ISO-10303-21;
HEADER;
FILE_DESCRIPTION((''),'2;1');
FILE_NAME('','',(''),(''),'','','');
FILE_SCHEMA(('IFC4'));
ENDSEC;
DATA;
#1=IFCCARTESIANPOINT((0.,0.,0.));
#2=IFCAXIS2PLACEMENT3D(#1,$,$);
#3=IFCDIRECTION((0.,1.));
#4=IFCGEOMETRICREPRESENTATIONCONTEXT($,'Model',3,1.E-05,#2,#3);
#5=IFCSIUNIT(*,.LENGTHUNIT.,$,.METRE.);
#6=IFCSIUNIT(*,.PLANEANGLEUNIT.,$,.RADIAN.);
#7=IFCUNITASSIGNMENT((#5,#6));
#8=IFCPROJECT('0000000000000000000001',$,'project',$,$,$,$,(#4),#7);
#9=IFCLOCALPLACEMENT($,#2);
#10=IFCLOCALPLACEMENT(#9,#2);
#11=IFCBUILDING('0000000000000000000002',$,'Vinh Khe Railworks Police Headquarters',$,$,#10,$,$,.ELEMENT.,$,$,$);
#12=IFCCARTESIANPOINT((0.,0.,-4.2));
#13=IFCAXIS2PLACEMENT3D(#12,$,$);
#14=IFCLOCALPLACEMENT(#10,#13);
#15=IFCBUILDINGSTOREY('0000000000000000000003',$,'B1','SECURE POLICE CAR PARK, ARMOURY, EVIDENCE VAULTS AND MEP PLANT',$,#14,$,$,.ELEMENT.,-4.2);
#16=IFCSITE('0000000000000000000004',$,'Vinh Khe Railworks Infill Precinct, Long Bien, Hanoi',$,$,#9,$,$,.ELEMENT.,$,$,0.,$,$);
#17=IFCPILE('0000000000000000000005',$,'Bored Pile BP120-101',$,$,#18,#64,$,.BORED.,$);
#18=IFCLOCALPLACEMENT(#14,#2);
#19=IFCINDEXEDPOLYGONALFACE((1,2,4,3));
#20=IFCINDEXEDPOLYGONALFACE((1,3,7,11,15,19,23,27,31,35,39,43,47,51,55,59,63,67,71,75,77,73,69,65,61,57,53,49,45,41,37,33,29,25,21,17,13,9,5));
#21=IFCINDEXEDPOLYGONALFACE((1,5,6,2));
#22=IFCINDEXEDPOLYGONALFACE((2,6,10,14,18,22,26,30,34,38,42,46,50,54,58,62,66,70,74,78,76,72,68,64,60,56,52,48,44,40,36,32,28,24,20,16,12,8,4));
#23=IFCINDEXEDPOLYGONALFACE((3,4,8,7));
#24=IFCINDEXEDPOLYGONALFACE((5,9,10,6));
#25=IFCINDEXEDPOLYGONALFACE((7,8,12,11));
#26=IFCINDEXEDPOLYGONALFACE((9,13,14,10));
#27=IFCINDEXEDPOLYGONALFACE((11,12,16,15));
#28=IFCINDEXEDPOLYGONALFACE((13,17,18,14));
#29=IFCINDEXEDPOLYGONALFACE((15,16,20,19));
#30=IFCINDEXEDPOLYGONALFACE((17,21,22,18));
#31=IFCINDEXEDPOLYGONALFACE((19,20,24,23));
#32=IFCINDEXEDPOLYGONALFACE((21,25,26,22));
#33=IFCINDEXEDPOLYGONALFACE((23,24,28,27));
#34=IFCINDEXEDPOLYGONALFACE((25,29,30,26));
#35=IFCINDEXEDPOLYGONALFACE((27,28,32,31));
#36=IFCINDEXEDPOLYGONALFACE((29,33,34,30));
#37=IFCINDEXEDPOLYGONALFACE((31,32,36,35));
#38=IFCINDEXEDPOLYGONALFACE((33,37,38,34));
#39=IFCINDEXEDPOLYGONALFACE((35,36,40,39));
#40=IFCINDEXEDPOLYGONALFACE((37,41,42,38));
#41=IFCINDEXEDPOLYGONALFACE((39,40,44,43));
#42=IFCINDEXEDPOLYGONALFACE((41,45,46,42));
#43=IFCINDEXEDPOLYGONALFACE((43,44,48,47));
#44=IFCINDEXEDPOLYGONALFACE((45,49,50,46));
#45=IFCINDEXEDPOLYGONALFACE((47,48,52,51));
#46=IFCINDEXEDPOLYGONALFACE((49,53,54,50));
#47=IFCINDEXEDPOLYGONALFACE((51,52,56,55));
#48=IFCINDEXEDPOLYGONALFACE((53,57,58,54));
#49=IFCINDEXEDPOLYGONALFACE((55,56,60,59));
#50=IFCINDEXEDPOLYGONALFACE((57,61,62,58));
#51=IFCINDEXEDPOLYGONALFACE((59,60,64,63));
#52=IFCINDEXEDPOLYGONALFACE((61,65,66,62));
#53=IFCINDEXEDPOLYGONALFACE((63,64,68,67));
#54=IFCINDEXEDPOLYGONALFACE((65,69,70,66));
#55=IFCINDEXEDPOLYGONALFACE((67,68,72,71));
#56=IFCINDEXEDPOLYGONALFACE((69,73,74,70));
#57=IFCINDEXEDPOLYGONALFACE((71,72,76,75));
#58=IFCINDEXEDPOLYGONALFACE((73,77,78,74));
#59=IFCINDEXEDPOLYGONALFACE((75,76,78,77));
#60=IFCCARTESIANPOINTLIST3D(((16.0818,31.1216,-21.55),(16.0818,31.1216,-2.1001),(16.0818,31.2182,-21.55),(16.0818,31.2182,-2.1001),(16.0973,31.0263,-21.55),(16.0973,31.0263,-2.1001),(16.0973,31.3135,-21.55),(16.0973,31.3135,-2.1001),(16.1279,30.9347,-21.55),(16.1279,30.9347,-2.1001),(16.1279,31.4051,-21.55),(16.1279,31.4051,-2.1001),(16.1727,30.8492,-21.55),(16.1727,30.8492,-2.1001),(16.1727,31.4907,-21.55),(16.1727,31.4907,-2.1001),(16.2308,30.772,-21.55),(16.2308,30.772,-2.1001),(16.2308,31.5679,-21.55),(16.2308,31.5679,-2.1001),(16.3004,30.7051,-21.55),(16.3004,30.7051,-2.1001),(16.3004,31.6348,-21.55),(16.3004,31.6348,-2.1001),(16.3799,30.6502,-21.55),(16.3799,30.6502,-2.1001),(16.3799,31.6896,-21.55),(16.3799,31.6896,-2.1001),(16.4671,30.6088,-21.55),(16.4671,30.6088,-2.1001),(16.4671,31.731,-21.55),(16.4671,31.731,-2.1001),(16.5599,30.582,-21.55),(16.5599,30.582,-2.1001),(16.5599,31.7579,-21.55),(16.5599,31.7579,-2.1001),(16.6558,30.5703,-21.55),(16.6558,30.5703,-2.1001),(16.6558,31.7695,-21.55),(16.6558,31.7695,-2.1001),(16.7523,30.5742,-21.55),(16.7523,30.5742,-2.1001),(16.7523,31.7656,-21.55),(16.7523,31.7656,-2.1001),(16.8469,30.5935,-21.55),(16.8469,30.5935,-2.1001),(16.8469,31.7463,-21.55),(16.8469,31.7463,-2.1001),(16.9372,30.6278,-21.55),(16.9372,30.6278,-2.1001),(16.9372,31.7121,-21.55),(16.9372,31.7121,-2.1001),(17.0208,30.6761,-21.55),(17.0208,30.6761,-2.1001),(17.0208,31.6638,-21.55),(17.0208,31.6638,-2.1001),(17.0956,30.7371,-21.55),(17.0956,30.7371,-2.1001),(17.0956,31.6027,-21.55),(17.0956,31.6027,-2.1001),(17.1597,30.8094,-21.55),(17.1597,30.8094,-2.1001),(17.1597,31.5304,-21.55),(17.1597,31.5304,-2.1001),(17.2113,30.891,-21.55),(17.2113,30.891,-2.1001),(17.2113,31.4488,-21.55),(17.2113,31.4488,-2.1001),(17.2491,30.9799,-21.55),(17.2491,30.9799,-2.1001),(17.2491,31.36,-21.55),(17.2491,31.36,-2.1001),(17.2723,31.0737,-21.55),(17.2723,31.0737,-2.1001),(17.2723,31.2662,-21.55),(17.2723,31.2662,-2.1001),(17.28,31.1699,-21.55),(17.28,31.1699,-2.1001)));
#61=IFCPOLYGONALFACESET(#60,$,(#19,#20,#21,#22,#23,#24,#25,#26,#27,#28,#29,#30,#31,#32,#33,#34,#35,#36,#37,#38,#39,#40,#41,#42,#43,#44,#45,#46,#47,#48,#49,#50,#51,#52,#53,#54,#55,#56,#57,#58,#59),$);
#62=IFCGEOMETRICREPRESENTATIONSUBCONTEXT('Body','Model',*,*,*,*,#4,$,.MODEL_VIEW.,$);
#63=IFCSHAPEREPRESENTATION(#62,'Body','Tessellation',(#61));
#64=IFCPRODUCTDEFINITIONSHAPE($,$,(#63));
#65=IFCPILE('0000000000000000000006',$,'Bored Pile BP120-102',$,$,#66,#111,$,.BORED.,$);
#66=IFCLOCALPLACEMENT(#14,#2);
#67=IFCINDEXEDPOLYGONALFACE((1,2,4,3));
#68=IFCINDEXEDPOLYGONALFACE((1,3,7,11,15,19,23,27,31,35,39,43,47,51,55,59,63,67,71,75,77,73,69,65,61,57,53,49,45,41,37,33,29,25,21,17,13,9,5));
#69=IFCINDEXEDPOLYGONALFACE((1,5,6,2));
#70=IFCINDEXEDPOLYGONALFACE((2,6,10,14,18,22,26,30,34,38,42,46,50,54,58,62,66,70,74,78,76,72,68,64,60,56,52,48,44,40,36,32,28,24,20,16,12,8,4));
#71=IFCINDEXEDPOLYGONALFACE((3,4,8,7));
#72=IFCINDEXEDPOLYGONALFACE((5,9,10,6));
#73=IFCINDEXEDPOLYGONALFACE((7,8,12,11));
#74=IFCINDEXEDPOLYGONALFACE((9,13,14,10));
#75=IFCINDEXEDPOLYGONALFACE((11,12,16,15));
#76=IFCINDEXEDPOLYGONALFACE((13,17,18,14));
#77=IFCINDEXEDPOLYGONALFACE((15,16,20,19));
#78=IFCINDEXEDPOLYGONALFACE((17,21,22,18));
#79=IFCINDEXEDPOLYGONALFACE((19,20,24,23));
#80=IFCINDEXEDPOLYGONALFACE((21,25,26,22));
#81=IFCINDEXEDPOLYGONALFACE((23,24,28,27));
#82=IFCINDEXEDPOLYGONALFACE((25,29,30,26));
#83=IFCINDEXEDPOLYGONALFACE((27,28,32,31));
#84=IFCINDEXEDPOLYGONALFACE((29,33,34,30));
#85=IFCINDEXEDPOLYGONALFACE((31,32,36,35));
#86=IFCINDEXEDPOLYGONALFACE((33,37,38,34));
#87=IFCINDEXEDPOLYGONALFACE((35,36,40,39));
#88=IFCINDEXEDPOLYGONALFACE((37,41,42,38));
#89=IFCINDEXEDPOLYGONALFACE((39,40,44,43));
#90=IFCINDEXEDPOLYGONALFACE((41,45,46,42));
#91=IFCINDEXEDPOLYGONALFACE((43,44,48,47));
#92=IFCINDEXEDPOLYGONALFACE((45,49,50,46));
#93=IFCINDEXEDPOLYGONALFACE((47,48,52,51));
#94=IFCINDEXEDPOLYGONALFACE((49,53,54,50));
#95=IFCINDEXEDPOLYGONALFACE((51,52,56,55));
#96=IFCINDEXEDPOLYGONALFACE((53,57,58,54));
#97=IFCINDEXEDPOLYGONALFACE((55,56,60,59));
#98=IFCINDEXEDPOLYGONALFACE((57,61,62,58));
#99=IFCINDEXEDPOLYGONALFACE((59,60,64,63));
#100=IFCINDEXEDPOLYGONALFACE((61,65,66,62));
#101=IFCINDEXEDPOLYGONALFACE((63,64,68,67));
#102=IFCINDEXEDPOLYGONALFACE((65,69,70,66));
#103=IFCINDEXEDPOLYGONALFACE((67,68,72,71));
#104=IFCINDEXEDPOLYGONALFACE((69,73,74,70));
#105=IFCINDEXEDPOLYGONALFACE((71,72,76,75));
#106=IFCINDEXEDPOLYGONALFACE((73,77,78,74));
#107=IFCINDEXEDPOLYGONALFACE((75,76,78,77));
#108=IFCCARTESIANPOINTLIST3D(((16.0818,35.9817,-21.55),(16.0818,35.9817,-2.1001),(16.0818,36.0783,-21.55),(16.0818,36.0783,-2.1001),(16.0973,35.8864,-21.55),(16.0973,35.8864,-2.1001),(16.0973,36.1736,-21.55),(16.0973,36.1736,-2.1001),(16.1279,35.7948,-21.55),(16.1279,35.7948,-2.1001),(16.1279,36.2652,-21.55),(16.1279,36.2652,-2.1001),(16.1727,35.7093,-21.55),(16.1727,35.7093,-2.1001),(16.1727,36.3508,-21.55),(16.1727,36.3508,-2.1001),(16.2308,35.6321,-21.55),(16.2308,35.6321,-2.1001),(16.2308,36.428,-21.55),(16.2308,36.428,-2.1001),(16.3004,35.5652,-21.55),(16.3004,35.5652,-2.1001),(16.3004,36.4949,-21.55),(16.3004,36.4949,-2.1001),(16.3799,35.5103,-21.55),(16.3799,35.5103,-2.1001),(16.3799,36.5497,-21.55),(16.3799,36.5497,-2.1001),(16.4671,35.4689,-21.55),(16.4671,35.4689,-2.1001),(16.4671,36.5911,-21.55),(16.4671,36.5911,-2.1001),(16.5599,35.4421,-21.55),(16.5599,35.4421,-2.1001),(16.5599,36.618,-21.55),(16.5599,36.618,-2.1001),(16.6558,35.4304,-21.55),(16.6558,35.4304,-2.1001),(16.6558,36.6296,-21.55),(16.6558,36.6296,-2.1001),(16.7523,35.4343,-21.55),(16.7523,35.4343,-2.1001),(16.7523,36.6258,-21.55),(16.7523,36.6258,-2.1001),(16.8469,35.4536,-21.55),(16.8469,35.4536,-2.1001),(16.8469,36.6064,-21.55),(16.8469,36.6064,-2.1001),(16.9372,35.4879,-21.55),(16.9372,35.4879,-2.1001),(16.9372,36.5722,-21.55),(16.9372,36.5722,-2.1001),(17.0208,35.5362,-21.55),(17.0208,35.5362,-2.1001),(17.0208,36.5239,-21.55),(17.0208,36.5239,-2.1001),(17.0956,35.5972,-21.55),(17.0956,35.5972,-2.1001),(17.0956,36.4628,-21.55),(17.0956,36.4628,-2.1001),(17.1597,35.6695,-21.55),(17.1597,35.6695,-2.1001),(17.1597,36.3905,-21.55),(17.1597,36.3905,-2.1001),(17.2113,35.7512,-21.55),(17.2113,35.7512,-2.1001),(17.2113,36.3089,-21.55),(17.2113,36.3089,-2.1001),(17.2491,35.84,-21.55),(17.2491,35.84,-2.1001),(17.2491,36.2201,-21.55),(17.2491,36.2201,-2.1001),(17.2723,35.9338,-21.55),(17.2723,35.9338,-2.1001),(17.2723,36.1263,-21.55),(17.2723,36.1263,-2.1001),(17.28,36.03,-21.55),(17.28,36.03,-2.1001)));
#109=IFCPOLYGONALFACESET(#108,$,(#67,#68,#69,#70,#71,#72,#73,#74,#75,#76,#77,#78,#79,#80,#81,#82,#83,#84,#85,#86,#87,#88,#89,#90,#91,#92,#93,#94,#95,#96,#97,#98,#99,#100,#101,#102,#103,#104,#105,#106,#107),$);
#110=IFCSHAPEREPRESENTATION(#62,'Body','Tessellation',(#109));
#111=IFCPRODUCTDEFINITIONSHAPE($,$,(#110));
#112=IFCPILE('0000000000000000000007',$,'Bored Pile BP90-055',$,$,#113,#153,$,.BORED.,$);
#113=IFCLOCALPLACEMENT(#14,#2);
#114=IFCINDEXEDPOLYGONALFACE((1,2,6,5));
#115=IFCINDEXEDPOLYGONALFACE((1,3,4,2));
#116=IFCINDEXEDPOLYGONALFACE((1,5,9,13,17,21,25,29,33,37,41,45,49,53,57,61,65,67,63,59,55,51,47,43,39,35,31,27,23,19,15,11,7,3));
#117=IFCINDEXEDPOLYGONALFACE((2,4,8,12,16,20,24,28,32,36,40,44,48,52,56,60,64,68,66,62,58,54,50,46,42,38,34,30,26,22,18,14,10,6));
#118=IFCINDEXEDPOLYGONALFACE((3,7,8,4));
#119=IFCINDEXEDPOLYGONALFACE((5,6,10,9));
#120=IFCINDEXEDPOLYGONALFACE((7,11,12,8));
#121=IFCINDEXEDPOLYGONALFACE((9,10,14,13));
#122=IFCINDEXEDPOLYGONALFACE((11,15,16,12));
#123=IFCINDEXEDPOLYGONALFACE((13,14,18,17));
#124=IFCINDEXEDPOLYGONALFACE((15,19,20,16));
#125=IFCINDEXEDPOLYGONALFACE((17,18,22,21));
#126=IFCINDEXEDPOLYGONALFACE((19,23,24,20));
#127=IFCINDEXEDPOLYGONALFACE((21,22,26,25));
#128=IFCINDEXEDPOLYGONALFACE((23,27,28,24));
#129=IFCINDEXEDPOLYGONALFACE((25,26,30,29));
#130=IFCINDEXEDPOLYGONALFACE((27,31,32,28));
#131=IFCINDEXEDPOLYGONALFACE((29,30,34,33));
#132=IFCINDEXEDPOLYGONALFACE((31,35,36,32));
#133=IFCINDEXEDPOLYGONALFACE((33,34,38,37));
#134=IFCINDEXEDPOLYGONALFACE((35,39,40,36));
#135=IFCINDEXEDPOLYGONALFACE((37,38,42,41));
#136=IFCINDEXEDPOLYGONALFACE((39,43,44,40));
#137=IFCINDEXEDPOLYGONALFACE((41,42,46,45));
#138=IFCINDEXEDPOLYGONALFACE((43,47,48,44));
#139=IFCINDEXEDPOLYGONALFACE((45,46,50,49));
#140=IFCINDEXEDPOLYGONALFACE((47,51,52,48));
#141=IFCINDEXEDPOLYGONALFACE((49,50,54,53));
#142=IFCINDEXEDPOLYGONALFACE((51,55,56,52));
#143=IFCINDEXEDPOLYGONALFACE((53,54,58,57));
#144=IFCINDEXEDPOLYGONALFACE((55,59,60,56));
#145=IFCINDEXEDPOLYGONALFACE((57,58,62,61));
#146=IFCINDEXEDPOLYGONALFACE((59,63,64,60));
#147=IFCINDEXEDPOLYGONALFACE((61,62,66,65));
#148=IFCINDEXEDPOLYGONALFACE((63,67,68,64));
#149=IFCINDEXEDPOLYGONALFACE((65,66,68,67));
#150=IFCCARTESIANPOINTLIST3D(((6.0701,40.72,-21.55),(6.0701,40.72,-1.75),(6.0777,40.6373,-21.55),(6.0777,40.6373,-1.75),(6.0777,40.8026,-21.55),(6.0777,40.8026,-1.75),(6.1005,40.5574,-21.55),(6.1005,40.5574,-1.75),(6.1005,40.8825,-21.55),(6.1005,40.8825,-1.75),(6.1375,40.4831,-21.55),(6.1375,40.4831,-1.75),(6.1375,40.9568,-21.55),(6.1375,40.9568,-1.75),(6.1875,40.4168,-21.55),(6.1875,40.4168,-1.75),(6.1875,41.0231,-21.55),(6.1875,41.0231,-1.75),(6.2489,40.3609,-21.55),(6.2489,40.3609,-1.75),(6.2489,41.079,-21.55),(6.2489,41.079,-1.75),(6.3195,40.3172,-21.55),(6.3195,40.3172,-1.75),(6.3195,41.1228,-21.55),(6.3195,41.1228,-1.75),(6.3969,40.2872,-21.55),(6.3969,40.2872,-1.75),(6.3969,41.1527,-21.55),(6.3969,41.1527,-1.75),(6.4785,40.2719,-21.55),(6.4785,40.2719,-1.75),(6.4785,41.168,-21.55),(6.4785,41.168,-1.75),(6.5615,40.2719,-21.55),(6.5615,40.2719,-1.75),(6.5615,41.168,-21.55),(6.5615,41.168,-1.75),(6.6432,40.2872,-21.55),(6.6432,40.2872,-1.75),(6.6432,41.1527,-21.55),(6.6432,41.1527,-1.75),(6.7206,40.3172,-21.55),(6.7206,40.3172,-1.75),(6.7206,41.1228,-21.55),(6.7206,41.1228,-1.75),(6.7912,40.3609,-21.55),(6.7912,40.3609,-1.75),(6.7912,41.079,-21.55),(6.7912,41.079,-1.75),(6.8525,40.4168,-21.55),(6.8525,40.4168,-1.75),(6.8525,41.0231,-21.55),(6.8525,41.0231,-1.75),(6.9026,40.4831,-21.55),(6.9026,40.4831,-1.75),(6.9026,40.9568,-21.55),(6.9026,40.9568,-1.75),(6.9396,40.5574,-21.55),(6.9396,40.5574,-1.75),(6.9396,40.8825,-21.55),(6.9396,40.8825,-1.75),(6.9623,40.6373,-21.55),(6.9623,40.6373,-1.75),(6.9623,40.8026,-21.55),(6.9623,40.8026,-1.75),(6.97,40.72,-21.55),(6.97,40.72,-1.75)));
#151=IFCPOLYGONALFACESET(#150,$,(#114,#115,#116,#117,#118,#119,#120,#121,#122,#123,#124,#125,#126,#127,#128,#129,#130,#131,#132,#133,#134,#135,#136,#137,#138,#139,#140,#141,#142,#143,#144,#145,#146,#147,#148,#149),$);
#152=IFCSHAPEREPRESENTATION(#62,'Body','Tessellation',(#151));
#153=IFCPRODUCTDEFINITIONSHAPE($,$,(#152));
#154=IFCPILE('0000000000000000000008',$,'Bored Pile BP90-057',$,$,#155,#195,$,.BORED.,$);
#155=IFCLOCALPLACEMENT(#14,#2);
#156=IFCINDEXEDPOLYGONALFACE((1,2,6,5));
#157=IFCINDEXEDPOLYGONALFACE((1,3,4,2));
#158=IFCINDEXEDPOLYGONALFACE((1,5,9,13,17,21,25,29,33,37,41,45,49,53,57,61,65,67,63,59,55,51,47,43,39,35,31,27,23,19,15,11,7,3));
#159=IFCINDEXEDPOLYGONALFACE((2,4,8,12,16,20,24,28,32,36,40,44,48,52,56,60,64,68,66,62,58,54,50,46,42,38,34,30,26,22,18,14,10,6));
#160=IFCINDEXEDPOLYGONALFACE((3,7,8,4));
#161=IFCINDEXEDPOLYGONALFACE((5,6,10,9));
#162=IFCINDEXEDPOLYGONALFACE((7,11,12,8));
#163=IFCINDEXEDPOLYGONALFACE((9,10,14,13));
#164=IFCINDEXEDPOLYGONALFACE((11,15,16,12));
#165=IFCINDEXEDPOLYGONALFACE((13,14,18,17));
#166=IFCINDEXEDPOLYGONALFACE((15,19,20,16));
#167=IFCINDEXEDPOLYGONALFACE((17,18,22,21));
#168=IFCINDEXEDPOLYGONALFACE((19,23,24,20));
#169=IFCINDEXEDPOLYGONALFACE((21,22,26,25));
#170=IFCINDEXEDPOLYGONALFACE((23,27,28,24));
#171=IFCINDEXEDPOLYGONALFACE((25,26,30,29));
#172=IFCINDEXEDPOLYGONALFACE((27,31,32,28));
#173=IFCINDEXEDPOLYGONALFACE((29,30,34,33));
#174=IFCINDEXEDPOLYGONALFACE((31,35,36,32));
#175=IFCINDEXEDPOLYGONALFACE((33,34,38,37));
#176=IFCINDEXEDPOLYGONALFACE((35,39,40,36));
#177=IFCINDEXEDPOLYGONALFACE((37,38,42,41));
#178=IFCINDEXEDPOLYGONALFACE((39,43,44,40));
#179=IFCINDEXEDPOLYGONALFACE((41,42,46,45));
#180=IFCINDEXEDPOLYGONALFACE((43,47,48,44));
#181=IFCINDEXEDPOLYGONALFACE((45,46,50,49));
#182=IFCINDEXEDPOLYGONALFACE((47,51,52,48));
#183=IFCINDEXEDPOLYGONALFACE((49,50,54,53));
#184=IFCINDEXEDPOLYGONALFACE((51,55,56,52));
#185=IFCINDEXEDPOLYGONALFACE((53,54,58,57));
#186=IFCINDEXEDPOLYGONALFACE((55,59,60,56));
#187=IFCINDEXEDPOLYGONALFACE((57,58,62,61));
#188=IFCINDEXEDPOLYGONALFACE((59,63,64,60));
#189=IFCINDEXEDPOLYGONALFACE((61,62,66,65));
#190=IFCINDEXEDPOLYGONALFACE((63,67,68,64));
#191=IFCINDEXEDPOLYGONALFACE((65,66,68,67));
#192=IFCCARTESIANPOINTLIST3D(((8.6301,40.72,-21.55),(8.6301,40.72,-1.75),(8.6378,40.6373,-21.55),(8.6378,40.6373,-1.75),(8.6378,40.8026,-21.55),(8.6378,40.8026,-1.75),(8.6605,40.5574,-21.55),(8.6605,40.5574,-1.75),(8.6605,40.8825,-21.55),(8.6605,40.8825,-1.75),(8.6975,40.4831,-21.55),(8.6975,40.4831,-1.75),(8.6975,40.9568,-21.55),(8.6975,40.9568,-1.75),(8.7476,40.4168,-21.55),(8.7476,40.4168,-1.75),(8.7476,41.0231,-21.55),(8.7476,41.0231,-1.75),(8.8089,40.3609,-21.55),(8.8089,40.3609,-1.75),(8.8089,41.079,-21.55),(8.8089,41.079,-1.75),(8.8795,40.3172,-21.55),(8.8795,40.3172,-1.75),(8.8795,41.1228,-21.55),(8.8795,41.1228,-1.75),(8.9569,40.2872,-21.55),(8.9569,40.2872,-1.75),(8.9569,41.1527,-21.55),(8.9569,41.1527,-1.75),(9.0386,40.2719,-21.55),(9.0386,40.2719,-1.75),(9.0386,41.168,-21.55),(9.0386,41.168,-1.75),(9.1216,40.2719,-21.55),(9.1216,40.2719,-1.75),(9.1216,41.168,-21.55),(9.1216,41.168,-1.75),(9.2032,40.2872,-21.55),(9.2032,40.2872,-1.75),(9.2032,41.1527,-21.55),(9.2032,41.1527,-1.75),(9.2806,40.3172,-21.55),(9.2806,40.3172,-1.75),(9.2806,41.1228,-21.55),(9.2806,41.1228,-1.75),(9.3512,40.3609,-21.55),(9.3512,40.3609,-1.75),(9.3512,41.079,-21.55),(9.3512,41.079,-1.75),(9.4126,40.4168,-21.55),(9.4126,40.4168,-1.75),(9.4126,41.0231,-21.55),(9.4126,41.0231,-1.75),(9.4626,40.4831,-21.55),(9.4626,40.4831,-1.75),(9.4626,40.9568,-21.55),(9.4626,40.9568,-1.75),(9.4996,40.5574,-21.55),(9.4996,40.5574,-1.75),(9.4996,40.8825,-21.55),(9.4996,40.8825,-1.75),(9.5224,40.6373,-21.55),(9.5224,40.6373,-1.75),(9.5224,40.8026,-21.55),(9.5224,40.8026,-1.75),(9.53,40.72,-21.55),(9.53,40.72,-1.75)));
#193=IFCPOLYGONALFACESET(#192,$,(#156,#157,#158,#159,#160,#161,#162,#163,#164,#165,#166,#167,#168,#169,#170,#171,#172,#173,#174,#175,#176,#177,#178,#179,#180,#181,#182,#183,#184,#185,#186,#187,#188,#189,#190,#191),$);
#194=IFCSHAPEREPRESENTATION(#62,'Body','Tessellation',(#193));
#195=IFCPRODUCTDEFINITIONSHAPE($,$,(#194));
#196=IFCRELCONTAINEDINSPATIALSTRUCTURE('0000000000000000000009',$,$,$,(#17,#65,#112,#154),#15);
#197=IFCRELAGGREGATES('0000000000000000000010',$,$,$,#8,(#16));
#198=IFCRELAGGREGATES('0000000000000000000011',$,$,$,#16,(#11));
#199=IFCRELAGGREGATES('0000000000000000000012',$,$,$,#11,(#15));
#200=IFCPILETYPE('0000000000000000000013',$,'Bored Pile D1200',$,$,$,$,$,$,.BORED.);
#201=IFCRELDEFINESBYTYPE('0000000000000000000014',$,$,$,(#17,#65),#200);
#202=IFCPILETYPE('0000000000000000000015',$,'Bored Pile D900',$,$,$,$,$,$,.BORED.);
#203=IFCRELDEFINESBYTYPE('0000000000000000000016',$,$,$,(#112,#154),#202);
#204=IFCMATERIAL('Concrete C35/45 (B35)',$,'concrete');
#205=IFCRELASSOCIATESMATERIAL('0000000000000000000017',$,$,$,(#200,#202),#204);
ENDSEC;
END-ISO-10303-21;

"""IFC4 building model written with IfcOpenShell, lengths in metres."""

from ifc_helpers import new_model, si_unit, direction, frame, origin, origin_2d, place, context, subcontext, project, spatial, circle, extrude, material, material_profile, profile_set, type_object, element, save


model = new_model("IFC4")

# Units and contexts
model_context = context("Model", 3, precision=1e-05, world=origin(), true_north=direction((0.0, 1.0)))
body_context = subcontext(model_context, "Body", "Model", "MODEL_VIEW")
ifc_project = project(units=[si_unit("LENGTHUNIT", "METRE"), si_unit("PLANEANGLEUNIT", "RADIAN")], contexts=[model_context])

# Site, building, storey
site_placement = place(None, origin())
site = spatial("IfcSite", under=ifc_project, at=site_placement, Name="Vinh Khe Railworks Infill Precinct, Long Bien, Hanoi", CompositionType="ELEMENT", RefElevation=0.0)
building_placement = place(site_placement, origin())
building = spatial("IfcBuilding", under=site, at=building_placement, Name="Vinh Khe Railworks Police Headquarters", CompositionType="ELEMENT")
storey_placement = place(building_placement, frame((0.0, 0.0, -4.2)))
storey = spatial("IfcBuildingStorey", under=building, at=storey_placement, Name="B1", Description="SECURE POLICE CAR PARK, ARMOURY, EVIDENCE VAULTS AND MEP PLANT", CompositionType="ELEMENT", Elevation=-4.2)

# Piles
ifc_material_1 = material(Name="Concrete C35/45 (B35)", Category="concrete")
ifc_material_profile_1 = material_profile(ifc_material_1, circle(Radius=0.6001, at=origin_2d()), Name="BORED PILE D1200")
ifc_profile_set_1 = profile_set([ifc_material_profile_1], Name="Concrete C35/45 (B35)")
pile_type_1 = type_object("IfcPileType", Name="Bored Pile D1200", PredefinedType="BORED", material=ifc_profile_set_1)
for number, where, z_axis, x_axis, name in (
    (1, (16.6799, 31.1699, -2.1001), (0.0, 0.0, -1.0), (1.0, 0.0, 0.0), "Bored Pile BP120-101"),
    (2, (16.6799, 36.03, -2.1001), (0.0, 0.0, -1.0), (1.0, 0.0, 0.0), "Bored Pile BP120-102"),
):
    element("IfcPile", number, at=place(storey_placement, frame(where, z_axis=z_axis, x_axis=x_axis)), inside=storey, type_object=pile_type_1, Name=name, PredefinedType="BORED", context=body_context, shape_type="SweptSolid", body=[
        extrude(circle(Radius=0.6001, at=origin_2d()), origin(), (0.0, 0.0, 1.0), 19.45),
    ])
ifc_material_profile_2 = material_profile(ifc_material_1, circle(Radius=0.45, at=origin_2d()), Name="BORED PILE D900")
ifc_profile_set_2 = profile_set([ifc_material_profile_2], Name="Concrete C35/45 (B35)")
pile_type_2 = type_object("IfcPileType", Name="Bored Pile D900", PredefinedType="BORED", material=ifc_profile_set_2)
for number, where, z_axis, x_axis, name in (
    (3, (6.52, 40.72, -1.75), (0.0, 0.0, -1.0), (1.0, 0.0, 0.0), "Bored Pile BP90-055"),
    (4, (9.0801, 40.72, -1.75), (0.0, 0.0, -1.0), (1.0, 0.0, 0.0), "Bored Pile BP90-057"),
):
    element("IfcPile", number, at=place(storey_placement, frame(where, z_axis=z_axis, x_axis=x_axis)), inside=storey, type_object=pile_type_2, Name=name, PredefinedType="BORED", context=body_context, shape_type="SweptSolid", body=[
        extrude(circle(Radius=0.45, at=origin_2d()), origin(), (0.0, 0.0, 1.0), 19.8),
    ])

save(model, "model.ifc")
